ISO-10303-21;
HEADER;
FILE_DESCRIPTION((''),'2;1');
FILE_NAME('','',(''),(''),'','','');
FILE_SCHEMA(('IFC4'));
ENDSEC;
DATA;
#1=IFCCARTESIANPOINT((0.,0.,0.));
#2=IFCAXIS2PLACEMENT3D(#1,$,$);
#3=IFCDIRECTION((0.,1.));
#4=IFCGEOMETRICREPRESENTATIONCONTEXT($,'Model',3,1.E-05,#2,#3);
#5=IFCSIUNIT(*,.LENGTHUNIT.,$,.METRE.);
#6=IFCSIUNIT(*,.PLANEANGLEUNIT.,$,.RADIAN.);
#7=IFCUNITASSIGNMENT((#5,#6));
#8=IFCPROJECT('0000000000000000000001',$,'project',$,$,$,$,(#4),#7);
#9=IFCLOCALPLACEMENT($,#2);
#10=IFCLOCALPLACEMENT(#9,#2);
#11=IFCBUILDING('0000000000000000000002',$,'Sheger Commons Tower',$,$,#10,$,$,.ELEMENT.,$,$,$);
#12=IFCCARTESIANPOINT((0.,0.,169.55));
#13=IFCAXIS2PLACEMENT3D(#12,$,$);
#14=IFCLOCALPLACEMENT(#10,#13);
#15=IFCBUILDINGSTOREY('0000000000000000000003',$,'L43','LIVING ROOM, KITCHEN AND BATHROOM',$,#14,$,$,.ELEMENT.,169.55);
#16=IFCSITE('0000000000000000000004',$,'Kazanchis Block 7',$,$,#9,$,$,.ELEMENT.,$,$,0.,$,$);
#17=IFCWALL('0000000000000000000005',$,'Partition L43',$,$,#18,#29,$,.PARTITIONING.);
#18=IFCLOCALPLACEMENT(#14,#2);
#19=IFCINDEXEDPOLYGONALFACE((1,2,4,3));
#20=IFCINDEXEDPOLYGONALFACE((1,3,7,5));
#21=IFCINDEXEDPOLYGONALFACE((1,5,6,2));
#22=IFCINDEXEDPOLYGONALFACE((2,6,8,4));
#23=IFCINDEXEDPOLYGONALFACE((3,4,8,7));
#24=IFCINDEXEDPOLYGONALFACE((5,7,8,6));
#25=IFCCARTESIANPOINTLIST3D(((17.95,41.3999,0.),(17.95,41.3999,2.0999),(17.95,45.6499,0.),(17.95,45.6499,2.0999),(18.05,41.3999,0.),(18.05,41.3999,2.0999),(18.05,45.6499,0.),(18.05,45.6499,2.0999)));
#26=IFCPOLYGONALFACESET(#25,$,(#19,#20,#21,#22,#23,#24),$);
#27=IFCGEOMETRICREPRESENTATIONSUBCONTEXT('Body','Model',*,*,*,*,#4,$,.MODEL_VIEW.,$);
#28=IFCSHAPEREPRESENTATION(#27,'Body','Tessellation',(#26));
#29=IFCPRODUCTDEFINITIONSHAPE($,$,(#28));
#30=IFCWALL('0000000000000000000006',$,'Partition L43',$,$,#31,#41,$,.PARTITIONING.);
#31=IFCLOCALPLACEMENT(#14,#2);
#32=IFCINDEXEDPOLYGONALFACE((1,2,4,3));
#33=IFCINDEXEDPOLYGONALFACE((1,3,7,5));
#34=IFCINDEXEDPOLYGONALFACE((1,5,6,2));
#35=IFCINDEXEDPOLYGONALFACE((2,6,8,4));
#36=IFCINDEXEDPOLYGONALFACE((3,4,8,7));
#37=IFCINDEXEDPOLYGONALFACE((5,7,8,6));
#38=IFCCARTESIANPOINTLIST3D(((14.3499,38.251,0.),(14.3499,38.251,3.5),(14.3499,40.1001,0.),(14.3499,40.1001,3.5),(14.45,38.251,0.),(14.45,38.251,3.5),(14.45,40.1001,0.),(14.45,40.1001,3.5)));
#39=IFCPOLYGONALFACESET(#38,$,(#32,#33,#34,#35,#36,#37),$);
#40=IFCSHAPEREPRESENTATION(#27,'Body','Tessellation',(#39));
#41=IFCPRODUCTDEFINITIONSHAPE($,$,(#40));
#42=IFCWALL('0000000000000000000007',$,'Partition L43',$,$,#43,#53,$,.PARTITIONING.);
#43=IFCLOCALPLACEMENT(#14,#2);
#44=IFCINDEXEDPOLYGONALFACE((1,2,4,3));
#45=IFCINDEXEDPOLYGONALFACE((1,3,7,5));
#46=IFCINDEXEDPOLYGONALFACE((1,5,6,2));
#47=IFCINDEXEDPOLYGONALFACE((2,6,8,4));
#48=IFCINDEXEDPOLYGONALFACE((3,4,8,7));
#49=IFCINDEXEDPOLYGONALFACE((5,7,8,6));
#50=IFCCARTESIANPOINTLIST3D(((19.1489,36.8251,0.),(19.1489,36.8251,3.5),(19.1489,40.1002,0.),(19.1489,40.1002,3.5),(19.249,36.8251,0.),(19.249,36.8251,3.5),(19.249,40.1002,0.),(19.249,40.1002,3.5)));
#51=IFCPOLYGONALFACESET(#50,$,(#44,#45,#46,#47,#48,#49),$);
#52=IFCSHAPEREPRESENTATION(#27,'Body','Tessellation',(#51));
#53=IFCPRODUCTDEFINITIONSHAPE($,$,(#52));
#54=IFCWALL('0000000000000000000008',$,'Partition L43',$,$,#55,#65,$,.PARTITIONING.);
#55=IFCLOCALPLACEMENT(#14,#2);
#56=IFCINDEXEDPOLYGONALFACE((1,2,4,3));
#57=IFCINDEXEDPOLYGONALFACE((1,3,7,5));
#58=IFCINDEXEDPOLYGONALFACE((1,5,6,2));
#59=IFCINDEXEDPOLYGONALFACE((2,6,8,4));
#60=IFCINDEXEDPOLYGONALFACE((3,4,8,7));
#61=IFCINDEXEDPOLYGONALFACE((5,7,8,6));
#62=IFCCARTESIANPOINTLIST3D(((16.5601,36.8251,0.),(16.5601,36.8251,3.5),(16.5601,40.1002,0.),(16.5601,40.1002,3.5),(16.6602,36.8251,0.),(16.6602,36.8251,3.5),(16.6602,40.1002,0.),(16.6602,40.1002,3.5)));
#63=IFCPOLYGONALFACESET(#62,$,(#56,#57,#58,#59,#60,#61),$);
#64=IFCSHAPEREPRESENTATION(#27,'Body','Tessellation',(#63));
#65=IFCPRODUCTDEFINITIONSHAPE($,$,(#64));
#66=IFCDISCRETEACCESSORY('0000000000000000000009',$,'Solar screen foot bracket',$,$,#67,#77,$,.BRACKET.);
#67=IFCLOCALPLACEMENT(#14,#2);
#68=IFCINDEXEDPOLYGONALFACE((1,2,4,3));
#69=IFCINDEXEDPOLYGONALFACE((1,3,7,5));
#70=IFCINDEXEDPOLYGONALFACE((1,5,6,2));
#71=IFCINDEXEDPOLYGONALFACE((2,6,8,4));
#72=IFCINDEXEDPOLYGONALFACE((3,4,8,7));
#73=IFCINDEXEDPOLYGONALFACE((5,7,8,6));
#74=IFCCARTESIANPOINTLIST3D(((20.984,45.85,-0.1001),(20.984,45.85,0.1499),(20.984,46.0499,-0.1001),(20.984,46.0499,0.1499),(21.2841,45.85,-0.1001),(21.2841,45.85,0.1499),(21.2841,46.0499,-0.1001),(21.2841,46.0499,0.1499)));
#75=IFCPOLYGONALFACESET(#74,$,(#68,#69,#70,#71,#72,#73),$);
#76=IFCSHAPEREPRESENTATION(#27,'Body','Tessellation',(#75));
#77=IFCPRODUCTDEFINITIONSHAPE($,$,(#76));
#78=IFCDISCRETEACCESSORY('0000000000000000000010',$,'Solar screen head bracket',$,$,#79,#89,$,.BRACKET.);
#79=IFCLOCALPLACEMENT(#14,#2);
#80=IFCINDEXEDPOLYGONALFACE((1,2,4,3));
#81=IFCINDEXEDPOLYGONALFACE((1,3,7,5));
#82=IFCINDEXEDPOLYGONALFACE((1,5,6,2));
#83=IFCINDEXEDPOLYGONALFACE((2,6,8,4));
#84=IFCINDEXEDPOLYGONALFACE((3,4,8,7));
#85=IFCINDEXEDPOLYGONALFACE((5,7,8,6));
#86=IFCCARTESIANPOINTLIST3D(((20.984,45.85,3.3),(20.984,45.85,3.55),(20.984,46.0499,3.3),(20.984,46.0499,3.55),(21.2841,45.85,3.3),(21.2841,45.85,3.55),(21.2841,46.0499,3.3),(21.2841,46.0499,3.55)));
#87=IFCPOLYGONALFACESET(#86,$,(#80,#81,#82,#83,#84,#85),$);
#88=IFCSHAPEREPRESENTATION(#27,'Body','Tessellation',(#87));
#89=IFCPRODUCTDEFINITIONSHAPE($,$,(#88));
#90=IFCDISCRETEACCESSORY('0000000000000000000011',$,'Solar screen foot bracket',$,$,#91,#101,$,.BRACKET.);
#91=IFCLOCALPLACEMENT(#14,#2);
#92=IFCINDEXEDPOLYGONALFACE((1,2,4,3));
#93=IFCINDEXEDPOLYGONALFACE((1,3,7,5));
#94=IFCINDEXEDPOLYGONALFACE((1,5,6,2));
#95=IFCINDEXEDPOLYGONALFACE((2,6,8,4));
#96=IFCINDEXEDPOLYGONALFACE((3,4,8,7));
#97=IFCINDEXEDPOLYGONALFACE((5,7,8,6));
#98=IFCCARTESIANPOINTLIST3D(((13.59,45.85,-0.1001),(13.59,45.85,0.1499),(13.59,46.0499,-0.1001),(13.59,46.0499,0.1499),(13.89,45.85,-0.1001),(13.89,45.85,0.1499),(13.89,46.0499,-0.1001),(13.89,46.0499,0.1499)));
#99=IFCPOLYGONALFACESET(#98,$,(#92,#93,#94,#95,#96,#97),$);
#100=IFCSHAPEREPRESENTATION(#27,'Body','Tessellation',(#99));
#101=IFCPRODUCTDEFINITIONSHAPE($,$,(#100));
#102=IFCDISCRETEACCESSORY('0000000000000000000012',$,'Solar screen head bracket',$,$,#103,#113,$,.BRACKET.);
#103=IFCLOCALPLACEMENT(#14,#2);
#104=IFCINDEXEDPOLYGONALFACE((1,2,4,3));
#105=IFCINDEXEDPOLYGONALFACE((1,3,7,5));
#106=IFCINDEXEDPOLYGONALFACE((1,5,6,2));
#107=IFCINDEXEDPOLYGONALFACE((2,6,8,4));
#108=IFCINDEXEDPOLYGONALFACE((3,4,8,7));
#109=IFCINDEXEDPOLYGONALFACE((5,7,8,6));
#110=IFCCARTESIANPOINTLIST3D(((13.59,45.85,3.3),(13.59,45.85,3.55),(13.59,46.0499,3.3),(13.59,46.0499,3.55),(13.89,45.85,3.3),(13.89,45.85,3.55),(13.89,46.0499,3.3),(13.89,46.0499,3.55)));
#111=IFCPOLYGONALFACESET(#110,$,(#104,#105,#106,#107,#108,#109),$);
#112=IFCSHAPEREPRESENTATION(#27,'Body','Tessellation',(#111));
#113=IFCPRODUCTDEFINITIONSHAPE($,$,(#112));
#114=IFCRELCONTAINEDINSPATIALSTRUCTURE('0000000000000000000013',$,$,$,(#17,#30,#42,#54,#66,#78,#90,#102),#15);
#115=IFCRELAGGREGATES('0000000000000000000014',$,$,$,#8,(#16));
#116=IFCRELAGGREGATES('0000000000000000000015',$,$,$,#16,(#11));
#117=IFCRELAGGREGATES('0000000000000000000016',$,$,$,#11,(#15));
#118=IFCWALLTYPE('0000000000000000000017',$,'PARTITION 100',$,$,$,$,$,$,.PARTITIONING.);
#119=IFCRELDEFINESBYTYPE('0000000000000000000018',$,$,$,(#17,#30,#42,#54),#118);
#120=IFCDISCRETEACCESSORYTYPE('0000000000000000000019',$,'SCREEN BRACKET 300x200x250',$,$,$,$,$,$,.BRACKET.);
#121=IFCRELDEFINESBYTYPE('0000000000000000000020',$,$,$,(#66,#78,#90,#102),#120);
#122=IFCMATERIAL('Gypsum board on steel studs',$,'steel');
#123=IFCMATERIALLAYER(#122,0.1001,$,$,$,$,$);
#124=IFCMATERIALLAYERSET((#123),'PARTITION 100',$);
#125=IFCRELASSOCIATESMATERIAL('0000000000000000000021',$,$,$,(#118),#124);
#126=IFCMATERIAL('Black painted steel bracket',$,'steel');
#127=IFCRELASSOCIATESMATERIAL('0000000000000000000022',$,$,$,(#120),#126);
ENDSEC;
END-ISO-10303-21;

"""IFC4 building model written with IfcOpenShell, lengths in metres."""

from ifc_helpers import new_model, si_unit, direction, frame, frame_2d, origin, origin_2d, place, context, subcontext, project, spatial, rectangle, extrude, material, layer, layer_set, type_object, element, save


model = new_model("IFC4")

# Units and contexts
model_context = context("Model", 3, precision=1e-05, world=origin(), true_north=direction((0.0, 1.0)))
body_context = subcontext(model_context, "Body", "Model", "MODEL_VIEW")
ifc_project = project(units=[si_unit("LENGTHUNIT", "METRE"), si_unit("PLANEANGLEUNIT", "RADIAN")], contexts=[model_context])

# Site, building, storey
site_placement = place(None, origin())
site = spatial("IfcSite", under=ifc_project, at=site_placement, Name="Kazanchis Block 7", CompositionType="ELEMENT", RefElevation=0.0)
building_placement = place(site_placement, origin())
building = spatial("IfcBuilding", under=site, at=building_placement, Name="Sheger Commons Tower", CompositionType="ELEMENT")
storey_placement = place(building_placement, frame((0.0, 0.0, 169.55)))
storey = spatial("IfcBuildingStorey", under=building, at=storey_placement, Name="L43", Description="LIVING ROOM, KITCHEN AND BATHROOM", CompositionType="ELEMENT", Elevation=169.55)

# Shared definitions
ifc_material_1 = material(Name="Gypsum board on steel studs", Category="steel")
ifc_layer_1 = layer(ifc_material_1, 0.1001)
ifc_layer_set_1 = layer_set([ifc_layer_1], Name="PARTITION 100")
wall_type_1 = type_object("IfcWallType", Name="PARTITION 100", PredefinedType="PARTITIONING", material=ifc_layer_set_1)

# Walls
wall_1_placement = place(storey_placement, frame((18.0, 41.3999, 0.0), z_axis=(0.0, 0.0, 1.0), x_axis=(0.0, 1.0, 0.0)))
element("IfcWall", 1, at=wall_1_placement, inside=storey, type_object=wall_type_1, Name="Partition L43", PredefinedType="PARTITIONING", context=body_context, shape_type="SweptSolid", body=[
    extrude(rectangle(XDim=4.25, YDim=0.1001, at=frame_2d((2.125, 0.0))), origin(), (0.0, 0.0, 1.0), 2.0999),
])
wall_2_placement = place(storey_placement, frame((14.3999, 38.251, 0.0), z_axis=(0.0, 0.0, 1.0), x_axis=(0.0, 1.0, 0.0)))
element("IfcWall", 2, at=wall_2_placement, inside=storey, type_object=wall_type_1, Name="Partition L43", PredefinedType="PARTITIONING", context=body_context, shape_type="SweptSolid", body=[
    extrude(rectangle(XDim=1.8491, YDim=0.1001, at=frame_2d((0.9246, 0.0))), origin(), (0.0, 0.0, 1.0), 3.5),
])
for number, where, z_axis, x_axis, name in (
    (3, (19.199, 36.825, 0.0), (0.0, 0.0, 1.0), (0.0, 1.0, 0.0), "Partition L43"),
    (4, (16.6101, 36.825, 0.0), (0.0, 0.0, 1.0), (0.0, 1.0, 0.0), "Partition L43"),
):
    element("IfcWall", number, at=place(storey_placement, frame(where, z_axis=z_axis, x_axis=x_axis)), inside=storey, type_object=wall_type_1, Name=name, PredefinedType="PARTITIONING", context=body_context, shape_type="SweptSolid", body=[
        extrude(rectangle(XDim=3.2751, YDim=0.1001, at=frame_2d((1.6377, 0.0))), origin(), (0.0, 0.0, 1.0), 3.5),
    ])

# Discrete accessories
ifc_material_2 = material(Name="Black painted steel bracket", Category="steel")
discrete_accessory_type = type_object("IfcDiscreteAccessoryType", Name="SCREEN BRACKET 300x200x250", PredefinedType="BRACKET", material=ifc_material_2)
for number, where, z_axis, x_axis, name in (
    (5, (21.134, 45.95, -0.1001), (0.0, 0.0, 1.0), (-1.0, 0.0, 0.0), "Solar screen foot bracket"),
    (6, (21.134, 45.95, 3.3), (0.0, 0.0, 1.0), (-1.0, 0.0, 0.0), "Solar screen head bracket"),
    (7, (13.74, 45.95, -0.1001), (0.0, 0.0, 1.0), (-1.0, 0.0, 0.0), "Solar screen foot bracket"),
    (8, (13.74, 45.95, 3.3), (0.0, 0.0, 1.0), (-1.0, 0.0, 0.0), "Solar screen head bracket"),
):
    element("IfcDiscreteAccessory", number, at=place(storey_placement, frame(where, z_axis=z_axis, x_axis=x_axis)), inside=storey, type_object=discrete_accessory_type, Name=name, PredefinedType="BRACKET", context=body_context, shape_type="SweptSolid", body=[
        extrude(rectangle(XDim=0.3, YDim=0.2, at=origin_2d()), origin(), (0.0, 0.0, 1.0), 0.25),
    ])

save(model, "model.ifc")
